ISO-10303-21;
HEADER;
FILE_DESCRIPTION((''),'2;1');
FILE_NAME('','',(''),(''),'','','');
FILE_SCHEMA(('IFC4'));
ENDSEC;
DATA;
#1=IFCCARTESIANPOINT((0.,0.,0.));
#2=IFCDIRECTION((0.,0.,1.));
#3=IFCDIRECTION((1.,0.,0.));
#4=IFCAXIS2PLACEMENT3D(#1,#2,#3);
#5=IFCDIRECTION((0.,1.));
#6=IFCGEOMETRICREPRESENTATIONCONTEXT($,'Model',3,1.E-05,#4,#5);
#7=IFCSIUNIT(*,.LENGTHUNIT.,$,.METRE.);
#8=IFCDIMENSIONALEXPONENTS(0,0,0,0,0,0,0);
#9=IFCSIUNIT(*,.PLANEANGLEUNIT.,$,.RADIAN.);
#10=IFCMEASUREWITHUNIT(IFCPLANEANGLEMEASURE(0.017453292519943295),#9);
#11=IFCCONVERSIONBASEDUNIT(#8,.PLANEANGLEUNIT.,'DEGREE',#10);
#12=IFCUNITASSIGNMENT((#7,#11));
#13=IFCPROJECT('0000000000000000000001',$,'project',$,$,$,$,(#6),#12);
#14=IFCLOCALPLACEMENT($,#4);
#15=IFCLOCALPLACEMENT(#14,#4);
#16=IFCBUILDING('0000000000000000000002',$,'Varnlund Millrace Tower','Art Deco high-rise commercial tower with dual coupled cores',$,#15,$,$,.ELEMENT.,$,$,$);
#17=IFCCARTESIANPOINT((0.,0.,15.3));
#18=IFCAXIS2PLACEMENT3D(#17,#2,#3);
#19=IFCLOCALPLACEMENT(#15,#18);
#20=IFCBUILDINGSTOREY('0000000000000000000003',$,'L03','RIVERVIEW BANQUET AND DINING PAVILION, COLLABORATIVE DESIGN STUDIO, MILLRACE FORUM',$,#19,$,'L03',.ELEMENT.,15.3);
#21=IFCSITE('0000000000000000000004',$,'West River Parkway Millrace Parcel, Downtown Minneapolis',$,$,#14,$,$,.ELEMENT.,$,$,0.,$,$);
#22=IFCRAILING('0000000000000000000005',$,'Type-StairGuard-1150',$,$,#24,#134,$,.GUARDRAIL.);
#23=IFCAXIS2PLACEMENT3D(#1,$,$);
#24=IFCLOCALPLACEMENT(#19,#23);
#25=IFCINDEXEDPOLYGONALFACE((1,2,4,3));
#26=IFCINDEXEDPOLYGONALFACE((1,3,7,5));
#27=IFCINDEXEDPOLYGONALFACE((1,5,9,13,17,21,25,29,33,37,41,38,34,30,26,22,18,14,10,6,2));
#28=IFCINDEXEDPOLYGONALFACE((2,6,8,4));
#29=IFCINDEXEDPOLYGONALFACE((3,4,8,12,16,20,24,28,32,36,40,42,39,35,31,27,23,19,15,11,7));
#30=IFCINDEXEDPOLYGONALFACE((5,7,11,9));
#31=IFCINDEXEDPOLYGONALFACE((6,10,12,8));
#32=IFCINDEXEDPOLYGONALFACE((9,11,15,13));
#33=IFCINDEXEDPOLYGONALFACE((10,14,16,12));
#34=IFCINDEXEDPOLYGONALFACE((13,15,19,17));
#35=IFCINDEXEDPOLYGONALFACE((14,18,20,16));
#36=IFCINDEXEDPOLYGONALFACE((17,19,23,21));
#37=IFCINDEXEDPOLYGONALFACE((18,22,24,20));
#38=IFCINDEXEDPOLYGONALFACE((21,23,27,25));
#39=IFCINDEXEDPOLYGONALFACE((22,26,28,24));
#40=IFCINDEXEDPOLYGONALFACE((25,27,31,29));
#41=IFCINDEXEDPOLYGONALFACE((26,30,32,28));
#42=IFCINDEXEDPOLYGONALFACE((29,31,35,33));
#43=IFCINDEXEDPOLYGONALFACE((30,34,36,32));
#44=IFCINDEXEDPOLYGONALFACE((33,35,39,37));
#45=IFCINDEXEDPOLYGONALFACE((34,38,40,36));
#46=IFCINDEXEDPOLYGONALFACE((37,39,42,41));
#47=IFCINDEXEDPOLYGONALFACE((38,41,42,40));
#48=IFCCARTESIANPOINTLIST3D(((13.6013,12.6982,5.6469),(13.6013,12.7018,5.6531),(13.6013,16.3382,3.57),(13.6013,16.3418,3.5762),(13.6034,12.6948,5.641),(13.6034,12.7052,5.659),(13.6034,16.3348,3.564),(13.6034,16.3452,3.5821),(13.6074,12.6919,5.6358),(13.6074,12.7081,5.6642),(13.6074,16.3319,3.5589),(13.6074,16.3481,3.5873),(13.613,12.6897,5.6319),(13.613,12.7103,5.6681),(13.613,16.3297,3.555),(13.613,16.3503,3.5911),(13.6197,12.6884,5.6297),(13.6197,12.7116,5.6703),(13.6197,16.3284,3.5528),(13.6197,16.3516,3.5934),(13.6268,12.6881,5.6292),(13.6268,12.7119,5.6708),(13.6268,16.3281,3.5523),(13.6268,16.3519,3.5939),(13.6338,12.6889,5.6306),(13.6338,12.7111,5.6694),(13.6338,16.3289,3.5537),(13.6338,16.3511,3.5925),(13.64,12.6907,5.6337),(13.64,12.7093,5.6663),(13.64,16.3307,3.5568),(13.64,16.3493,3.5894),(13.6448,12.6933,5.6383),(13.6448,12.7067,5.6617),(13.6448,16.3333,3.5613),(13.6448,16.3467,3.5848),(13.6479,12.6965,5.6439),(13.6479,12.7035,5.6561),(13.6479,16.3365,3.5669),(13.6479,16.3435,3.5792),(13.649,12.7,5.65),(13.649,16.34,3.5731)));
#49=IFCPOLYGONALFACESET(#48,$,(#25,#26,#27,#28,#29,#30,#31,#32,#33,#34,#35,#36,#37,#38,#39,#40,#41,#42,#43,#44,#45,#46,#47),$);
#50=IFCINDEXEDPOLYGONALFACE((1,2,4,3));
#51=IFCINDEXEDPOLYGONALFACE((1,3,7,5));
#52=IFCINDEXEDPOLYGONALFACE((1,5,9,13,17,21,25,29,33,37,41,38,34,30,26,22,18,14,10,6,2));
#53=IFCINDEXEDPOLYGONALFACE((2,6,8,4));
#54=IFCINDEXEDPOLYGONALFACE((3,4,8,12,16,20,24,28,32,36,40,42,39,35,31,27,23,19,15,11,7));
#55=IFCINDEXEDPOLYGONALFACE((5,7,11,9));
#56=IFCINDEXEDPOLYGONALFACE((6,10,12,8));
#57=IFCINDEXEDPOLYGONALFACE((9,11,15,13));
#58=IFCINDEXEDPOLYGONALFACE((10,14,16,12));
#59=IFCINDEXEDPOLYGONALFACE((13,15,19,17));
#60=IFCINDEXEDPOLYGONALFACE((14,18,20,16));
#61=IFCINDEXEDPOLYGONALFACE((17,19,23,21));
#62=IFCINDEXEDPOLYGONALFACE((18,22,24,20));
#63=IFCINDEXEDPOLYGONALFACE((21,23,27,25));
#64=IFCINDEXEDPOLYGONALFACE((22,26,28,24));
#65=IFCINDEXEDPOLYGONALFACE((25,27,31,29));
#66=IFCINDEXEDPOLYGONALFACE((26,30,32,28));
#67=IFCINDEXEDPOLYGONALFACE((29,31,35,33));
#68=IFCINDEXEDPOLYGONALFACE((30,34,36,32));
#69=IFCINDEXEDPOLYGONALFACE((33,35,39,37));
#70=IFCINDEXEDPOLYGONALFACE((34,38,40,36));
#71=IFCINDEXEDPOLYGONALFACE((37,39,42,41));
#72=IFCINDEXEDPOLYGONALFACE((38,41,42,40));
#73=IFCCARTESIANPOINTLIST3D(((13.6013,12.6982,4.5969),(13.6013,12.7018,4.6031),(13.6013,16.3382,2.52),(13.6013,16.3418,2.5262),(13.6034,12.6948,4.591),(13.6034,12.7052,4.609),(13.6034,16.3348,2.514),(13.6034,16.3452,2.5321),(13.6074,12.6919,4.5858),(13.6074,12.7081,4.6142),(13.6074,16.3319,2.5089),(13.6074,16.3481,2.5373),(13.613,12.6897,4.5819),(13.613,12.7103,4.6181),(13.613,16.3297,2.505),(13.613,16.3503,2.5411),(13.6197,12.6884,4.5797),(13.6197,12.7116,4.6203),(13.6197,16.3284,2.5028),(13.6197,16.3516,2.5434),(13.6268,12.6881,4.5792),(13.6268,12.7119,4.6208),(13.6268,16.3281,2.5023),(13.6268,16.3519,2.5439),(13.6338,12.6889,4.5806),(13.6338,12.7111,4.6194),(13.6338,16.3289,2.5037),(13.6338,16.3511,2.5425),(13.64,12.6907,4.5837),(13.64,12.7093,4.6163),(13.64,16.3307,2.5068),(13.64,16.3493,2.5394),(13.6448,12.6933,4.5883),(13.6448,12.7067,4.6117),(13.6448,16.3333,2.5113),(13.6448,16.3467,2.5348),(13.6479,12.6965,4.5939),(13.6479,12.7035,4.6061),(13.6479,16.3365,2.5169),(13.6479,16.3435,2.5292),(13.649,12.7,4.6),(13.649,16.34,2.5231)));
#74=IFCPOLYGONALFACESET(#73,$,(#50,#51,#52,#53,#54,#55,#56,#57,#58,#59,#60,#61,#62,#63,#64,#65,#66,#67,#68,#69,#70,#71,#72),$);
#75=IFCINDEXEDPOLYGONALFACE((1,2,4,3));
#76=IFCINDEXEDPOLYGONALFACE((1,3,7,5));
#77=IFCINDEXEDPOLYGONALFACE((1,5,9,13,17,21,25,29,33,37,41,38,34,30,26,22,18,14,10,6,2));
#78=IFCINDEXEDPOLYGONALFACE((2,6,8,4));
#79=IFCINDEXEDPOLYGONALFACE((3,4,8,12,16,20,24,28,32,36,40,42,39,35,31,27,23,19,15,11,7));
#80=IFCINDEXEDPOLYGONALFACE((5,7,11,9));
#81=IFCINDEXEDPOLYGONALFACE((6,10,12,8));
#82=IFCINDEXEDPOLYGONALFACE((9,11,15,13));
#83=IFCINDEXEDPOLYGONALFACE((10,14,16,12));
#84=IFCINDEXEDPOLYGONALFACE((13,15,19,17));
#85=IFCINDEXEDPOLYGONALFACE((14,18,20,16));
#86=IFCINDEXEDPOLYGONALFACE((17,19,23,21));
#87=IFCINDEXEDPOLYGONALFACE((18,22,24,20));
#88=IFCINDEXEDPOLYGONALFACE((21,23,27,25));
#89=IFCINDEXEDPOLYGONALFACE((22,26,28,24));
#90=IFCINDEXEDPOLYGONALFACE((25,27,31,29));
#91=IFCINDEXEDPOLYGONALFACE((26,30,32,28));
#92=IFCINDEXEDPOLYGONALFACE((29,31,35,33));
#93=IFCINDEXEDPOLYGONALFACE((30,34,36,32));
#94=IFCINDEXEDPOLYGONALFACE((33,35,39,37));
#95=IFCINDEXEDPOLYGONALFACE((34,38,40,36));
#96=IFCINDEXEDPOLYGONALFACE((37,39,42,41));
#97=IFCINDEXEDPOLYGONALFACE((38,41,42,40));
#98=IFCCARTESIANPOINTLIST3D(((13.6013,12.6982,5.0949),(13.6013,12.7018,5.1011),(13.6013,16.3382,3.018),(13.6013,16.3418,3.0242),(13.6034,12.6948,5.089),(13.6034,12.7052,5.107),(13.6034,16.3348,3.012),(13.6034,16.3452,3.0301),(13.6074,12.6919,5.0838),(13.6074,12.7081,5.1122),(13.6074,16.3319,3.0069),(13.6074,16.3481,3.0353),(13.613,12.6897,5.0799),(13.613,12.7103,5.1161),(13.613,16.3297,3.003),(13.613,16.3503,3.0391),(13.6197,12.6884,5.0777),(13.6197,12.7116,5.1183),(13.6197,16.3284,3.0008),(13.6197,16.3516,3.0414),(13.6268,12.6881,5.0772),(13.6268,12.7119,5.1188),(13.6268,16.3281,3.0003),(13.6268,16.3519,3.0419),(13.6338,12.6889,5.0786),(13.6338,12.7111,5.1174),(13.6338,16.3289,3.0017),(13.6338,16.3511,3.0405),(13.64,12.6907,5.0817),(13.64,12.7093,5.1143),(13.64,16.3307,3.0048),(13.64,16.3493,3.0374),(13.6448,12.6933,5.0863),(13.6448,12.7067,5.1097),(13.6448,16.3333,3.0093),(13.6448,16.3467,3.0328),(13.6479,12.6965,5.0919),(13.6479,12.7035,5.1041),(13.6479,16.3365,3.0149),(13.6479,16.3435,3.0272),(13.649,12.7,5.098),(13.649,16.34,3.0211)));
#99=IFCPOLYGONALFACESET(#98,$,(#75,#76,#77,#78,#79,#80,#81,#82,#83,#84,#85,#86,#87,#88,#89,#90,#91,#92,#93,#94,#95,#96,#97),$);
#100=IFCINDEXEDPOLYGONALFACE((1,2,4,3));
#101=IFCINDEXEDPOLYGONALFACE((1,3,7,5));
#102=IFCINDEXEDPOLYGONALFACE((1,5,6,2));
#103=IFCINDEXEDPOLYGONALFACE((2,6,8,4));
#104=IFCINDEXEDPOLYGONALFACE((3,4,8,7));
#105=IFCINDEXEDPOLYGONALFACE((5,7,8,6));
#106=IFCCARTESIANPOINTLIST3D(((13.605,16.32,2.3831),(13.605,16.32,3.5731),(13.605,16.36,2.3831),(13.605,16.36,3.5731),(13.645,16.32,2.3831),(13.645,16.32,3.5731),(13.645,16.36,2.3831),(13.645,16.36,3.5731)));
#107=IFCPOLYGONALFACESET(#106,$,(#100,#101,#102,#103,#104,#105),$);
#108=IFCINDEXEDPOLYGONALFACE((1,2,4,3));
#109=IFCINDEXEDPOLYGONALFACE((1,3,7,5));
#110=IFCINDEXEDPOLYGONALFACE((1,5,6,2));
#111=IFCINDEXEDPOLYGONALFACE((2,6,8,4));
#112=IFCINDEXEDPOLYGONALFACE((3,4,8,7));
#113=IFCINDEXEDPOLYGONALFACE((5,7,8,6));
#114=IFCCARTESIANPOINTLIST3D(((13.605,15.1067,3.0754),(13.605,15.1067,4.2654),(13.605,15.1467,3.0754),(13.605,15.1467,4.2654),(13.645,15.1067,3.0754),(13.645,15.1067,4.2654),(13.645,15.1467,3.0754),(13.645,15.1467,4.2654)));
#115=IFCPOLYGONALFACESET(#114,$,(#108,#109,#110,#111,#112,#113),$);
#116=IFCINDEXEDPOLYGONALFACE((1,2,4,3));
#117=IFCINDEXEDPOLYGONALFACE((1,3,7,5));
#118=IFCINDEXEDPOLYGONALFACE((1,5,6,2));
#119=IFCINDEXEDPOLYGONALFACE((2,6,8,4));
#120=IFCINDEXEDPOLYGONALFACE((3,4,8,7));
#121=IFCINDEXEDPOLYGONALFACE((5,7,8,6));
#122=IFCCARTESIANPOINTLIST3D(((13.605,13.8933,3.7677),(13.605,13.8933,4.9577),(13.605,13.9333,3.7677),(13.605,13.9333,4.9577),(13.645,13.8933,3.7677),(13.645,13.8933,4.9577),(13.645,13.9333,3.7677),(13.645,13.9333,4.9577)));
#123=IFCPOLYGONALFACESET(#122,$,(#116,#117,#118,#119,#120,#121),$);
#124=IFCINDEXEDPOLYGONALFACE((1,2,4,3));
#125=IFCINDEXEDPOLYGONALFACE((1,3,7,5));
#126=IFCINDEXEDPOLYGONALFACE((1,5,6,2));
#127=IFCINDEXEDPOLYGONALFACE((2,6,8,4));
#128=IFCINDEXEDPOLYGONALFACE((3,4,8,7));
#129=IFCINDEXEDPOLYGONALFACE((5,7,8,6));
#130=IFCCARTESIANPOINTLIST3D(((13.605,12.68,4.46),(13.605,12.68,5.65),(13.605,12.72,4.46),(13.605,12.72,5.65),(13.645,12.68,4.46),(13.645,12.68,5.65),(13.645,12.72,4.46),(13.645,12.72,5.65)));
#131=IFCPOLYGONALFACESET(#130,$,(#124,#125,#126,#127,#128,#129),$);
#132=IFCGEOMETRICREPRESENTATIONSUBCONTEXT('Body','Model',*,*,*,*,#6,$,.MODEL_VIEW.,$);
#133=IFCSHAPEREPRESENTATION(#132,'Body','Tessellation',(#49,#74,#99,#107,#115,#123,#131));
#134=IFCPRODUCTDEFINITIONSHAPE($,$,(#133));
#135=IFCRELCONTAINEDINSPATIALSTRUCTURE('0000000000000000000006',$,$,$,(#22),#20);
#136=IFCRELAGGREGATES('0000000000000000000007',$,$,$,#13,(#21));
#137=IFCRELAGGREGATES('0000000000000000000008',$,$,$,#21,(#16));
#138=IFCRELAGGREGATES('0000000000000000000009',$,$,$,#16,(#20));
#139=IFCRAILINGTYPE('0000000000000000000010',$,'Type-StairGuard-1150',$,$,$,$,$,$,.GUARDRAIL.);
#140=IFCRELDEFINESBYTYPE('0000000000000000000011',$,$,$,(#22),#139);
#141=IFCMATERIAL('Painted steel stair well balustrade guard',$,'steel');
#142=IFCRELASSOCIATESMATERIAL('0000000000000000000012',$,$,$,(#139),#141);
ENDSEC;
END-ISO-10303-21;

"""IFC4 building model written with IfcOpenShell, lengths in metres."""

from ifc_helpers import new_model, entity, si_unit, converted_unit, direction, frame, origin_with_axes, origin_2d_with_axis, place, context, subcontext, project, spatial, rectangle, circle, extrude, material, type_object, element, save


model = new_model("IFC4")

# Units and contexts
model_context = context("Model", 3, precision=1e-05, world=origin_with_axes(), true_north=direction((0.0, 1.0)))
body_context = subcontext(model_context, "Body", "Model", "MODEL_VIEW")
ifc_project = project(units=[si_unit("LENGTHUNIT", "METRE"), converted_unit("PLANEANGLEUNIT", "DEGREE", entity("IfcPlaneAngleMeasure", 0.017453292519943295), si_unit("PLANEANGLEUNIT", "RADIAN"), dimensions=[0, 0, 0, 0, 0, 0, 0])], contexts=[model_context])

# Site, building, storey
site_placement = place(None, origin_with_axes())
site = spatial("IfcSite", under=ifc_project, at=site_placement, Name="West River Parkway Millrace Parcel, Downtown Minneapolis", CompositionType="ELEMENT", RefElevation=0.0)
building_placement = place(site_placement, origin_with_axes())
building = spatial("IfcBuilding", under=site, at=building_placement, Name="Varnlund Millrace Tower", Description="Art Deco high-rise commercial tower with dual coupled cores", CompositionType="ELEMENT")
storey_placement = place(building_placement, frame((0.0, 0.0, 15.3), z_axis=(0.0, 0.0, 1.0), x_axis=(1.0, 0.0, 0.0)))
storey = spatial("IfcBuildingStorey", under=building, at=storey_placement, Name="L03", Description="RIVERVIEW BANQUET AND DINING PAVILION, COLLABORATIVE DESIGN STUDIO, MILLRACE FORUM", LongName="L03", CompositionType="ELEMENT", Elevation=15.3)

# Railing
ifc_material_1 = material(Name="Painted steel stair well balustrade guard", Category="steel")
railing_type_1 = type_object("IfcRailingType", Name="Type-StairGuard-1150", PredefinedType="GUARDRAIL", material=ifc_material_1)
railing_1_placement = place(storey_placement, frame((0.0, 0.0, -15.3), z_axis=(0.0, 0.0, 1.0), x_axis=(1.0, 0.0, 0.0)))
element("IfcRailing", 1, at=railing_1_placement, inside=storey, type_object=railing_type_1, Name="Type-StairGuard-1150", PredefinedType="GUARDRAIL", context=body_context, shape_type="SweptSolid", body=[
    extrude(circle(Radius=0.024, at=origin_2d_with_axis()), frame((13.625, 16.34, 18.8731), z_axis=(0.0, -0.868559, 0.495585), x_axis=(1.0, 0.0, 0.0)), (0.0, 0.0, 1.0), 4.1908),
    extrude(circle(Radius=0.024, at=origin_2d_with_axis()), frame((13.625, 16.34, 17.8231), z_axis=(0.0, -0.868559, 0.495585), x_axis=(1.0, 0.0, 0.0)), (0.0, 0.0, 1.0), 4.1908),
    extrude(circle(Radius=0.024, at=origin_2d_with_axis()), frame((13.625, 16.34, 18.3211), z_axis=(0.0, -0.868559, 0.495585), x_axis=(1.0, 0.0, 0.0)), (0.0, 0.0, 1.0), 4.1908),
    extrude(rectangle(XDim=0.04, YDim=0.04, at=origin_2d_with_axis()), frame((13.625, 16.34, 17.6831), z_axis=(0.0, 0.0, 1.0), x_axis=(1.0, 0.0, 0.0)), (0.0, 0.0, 1.0), 1.19),
    extrude(rectangle(XDim=0.04, YDim=0.04, at=origin_2d_with_axis()), frame((13.625, 15.1267, 18.3754), z_axis=(0.0, 0.0, 1.0), x_axis=(1.0, 0.0, 0.0)), (0.0, 0.0, 1.0), 1.19),
    extrude(rectangle(XDim=0.04, YDim=0.04, at=origin_2d_with_axis()), frame((13.625, 13.9133, 19.0677), z_axis=(0.0, 0.0, 1.0), x_axis=(1.0, 0.0, 0.0)), (0.0, 0.0, 1.0), 1.19),
    extrude(rectangle(XDim=0.04, YDim=0.04, at=origin_2d_with_axis()), frame((13.625, 12.7, 19.76), z_axis=(0.0, 0.0, 1.0), x_axis=(1.0, 0.0, 0.0)), (0.0, 0.0, 1.0), 1.19),
])

save(model, "model.ifc")
